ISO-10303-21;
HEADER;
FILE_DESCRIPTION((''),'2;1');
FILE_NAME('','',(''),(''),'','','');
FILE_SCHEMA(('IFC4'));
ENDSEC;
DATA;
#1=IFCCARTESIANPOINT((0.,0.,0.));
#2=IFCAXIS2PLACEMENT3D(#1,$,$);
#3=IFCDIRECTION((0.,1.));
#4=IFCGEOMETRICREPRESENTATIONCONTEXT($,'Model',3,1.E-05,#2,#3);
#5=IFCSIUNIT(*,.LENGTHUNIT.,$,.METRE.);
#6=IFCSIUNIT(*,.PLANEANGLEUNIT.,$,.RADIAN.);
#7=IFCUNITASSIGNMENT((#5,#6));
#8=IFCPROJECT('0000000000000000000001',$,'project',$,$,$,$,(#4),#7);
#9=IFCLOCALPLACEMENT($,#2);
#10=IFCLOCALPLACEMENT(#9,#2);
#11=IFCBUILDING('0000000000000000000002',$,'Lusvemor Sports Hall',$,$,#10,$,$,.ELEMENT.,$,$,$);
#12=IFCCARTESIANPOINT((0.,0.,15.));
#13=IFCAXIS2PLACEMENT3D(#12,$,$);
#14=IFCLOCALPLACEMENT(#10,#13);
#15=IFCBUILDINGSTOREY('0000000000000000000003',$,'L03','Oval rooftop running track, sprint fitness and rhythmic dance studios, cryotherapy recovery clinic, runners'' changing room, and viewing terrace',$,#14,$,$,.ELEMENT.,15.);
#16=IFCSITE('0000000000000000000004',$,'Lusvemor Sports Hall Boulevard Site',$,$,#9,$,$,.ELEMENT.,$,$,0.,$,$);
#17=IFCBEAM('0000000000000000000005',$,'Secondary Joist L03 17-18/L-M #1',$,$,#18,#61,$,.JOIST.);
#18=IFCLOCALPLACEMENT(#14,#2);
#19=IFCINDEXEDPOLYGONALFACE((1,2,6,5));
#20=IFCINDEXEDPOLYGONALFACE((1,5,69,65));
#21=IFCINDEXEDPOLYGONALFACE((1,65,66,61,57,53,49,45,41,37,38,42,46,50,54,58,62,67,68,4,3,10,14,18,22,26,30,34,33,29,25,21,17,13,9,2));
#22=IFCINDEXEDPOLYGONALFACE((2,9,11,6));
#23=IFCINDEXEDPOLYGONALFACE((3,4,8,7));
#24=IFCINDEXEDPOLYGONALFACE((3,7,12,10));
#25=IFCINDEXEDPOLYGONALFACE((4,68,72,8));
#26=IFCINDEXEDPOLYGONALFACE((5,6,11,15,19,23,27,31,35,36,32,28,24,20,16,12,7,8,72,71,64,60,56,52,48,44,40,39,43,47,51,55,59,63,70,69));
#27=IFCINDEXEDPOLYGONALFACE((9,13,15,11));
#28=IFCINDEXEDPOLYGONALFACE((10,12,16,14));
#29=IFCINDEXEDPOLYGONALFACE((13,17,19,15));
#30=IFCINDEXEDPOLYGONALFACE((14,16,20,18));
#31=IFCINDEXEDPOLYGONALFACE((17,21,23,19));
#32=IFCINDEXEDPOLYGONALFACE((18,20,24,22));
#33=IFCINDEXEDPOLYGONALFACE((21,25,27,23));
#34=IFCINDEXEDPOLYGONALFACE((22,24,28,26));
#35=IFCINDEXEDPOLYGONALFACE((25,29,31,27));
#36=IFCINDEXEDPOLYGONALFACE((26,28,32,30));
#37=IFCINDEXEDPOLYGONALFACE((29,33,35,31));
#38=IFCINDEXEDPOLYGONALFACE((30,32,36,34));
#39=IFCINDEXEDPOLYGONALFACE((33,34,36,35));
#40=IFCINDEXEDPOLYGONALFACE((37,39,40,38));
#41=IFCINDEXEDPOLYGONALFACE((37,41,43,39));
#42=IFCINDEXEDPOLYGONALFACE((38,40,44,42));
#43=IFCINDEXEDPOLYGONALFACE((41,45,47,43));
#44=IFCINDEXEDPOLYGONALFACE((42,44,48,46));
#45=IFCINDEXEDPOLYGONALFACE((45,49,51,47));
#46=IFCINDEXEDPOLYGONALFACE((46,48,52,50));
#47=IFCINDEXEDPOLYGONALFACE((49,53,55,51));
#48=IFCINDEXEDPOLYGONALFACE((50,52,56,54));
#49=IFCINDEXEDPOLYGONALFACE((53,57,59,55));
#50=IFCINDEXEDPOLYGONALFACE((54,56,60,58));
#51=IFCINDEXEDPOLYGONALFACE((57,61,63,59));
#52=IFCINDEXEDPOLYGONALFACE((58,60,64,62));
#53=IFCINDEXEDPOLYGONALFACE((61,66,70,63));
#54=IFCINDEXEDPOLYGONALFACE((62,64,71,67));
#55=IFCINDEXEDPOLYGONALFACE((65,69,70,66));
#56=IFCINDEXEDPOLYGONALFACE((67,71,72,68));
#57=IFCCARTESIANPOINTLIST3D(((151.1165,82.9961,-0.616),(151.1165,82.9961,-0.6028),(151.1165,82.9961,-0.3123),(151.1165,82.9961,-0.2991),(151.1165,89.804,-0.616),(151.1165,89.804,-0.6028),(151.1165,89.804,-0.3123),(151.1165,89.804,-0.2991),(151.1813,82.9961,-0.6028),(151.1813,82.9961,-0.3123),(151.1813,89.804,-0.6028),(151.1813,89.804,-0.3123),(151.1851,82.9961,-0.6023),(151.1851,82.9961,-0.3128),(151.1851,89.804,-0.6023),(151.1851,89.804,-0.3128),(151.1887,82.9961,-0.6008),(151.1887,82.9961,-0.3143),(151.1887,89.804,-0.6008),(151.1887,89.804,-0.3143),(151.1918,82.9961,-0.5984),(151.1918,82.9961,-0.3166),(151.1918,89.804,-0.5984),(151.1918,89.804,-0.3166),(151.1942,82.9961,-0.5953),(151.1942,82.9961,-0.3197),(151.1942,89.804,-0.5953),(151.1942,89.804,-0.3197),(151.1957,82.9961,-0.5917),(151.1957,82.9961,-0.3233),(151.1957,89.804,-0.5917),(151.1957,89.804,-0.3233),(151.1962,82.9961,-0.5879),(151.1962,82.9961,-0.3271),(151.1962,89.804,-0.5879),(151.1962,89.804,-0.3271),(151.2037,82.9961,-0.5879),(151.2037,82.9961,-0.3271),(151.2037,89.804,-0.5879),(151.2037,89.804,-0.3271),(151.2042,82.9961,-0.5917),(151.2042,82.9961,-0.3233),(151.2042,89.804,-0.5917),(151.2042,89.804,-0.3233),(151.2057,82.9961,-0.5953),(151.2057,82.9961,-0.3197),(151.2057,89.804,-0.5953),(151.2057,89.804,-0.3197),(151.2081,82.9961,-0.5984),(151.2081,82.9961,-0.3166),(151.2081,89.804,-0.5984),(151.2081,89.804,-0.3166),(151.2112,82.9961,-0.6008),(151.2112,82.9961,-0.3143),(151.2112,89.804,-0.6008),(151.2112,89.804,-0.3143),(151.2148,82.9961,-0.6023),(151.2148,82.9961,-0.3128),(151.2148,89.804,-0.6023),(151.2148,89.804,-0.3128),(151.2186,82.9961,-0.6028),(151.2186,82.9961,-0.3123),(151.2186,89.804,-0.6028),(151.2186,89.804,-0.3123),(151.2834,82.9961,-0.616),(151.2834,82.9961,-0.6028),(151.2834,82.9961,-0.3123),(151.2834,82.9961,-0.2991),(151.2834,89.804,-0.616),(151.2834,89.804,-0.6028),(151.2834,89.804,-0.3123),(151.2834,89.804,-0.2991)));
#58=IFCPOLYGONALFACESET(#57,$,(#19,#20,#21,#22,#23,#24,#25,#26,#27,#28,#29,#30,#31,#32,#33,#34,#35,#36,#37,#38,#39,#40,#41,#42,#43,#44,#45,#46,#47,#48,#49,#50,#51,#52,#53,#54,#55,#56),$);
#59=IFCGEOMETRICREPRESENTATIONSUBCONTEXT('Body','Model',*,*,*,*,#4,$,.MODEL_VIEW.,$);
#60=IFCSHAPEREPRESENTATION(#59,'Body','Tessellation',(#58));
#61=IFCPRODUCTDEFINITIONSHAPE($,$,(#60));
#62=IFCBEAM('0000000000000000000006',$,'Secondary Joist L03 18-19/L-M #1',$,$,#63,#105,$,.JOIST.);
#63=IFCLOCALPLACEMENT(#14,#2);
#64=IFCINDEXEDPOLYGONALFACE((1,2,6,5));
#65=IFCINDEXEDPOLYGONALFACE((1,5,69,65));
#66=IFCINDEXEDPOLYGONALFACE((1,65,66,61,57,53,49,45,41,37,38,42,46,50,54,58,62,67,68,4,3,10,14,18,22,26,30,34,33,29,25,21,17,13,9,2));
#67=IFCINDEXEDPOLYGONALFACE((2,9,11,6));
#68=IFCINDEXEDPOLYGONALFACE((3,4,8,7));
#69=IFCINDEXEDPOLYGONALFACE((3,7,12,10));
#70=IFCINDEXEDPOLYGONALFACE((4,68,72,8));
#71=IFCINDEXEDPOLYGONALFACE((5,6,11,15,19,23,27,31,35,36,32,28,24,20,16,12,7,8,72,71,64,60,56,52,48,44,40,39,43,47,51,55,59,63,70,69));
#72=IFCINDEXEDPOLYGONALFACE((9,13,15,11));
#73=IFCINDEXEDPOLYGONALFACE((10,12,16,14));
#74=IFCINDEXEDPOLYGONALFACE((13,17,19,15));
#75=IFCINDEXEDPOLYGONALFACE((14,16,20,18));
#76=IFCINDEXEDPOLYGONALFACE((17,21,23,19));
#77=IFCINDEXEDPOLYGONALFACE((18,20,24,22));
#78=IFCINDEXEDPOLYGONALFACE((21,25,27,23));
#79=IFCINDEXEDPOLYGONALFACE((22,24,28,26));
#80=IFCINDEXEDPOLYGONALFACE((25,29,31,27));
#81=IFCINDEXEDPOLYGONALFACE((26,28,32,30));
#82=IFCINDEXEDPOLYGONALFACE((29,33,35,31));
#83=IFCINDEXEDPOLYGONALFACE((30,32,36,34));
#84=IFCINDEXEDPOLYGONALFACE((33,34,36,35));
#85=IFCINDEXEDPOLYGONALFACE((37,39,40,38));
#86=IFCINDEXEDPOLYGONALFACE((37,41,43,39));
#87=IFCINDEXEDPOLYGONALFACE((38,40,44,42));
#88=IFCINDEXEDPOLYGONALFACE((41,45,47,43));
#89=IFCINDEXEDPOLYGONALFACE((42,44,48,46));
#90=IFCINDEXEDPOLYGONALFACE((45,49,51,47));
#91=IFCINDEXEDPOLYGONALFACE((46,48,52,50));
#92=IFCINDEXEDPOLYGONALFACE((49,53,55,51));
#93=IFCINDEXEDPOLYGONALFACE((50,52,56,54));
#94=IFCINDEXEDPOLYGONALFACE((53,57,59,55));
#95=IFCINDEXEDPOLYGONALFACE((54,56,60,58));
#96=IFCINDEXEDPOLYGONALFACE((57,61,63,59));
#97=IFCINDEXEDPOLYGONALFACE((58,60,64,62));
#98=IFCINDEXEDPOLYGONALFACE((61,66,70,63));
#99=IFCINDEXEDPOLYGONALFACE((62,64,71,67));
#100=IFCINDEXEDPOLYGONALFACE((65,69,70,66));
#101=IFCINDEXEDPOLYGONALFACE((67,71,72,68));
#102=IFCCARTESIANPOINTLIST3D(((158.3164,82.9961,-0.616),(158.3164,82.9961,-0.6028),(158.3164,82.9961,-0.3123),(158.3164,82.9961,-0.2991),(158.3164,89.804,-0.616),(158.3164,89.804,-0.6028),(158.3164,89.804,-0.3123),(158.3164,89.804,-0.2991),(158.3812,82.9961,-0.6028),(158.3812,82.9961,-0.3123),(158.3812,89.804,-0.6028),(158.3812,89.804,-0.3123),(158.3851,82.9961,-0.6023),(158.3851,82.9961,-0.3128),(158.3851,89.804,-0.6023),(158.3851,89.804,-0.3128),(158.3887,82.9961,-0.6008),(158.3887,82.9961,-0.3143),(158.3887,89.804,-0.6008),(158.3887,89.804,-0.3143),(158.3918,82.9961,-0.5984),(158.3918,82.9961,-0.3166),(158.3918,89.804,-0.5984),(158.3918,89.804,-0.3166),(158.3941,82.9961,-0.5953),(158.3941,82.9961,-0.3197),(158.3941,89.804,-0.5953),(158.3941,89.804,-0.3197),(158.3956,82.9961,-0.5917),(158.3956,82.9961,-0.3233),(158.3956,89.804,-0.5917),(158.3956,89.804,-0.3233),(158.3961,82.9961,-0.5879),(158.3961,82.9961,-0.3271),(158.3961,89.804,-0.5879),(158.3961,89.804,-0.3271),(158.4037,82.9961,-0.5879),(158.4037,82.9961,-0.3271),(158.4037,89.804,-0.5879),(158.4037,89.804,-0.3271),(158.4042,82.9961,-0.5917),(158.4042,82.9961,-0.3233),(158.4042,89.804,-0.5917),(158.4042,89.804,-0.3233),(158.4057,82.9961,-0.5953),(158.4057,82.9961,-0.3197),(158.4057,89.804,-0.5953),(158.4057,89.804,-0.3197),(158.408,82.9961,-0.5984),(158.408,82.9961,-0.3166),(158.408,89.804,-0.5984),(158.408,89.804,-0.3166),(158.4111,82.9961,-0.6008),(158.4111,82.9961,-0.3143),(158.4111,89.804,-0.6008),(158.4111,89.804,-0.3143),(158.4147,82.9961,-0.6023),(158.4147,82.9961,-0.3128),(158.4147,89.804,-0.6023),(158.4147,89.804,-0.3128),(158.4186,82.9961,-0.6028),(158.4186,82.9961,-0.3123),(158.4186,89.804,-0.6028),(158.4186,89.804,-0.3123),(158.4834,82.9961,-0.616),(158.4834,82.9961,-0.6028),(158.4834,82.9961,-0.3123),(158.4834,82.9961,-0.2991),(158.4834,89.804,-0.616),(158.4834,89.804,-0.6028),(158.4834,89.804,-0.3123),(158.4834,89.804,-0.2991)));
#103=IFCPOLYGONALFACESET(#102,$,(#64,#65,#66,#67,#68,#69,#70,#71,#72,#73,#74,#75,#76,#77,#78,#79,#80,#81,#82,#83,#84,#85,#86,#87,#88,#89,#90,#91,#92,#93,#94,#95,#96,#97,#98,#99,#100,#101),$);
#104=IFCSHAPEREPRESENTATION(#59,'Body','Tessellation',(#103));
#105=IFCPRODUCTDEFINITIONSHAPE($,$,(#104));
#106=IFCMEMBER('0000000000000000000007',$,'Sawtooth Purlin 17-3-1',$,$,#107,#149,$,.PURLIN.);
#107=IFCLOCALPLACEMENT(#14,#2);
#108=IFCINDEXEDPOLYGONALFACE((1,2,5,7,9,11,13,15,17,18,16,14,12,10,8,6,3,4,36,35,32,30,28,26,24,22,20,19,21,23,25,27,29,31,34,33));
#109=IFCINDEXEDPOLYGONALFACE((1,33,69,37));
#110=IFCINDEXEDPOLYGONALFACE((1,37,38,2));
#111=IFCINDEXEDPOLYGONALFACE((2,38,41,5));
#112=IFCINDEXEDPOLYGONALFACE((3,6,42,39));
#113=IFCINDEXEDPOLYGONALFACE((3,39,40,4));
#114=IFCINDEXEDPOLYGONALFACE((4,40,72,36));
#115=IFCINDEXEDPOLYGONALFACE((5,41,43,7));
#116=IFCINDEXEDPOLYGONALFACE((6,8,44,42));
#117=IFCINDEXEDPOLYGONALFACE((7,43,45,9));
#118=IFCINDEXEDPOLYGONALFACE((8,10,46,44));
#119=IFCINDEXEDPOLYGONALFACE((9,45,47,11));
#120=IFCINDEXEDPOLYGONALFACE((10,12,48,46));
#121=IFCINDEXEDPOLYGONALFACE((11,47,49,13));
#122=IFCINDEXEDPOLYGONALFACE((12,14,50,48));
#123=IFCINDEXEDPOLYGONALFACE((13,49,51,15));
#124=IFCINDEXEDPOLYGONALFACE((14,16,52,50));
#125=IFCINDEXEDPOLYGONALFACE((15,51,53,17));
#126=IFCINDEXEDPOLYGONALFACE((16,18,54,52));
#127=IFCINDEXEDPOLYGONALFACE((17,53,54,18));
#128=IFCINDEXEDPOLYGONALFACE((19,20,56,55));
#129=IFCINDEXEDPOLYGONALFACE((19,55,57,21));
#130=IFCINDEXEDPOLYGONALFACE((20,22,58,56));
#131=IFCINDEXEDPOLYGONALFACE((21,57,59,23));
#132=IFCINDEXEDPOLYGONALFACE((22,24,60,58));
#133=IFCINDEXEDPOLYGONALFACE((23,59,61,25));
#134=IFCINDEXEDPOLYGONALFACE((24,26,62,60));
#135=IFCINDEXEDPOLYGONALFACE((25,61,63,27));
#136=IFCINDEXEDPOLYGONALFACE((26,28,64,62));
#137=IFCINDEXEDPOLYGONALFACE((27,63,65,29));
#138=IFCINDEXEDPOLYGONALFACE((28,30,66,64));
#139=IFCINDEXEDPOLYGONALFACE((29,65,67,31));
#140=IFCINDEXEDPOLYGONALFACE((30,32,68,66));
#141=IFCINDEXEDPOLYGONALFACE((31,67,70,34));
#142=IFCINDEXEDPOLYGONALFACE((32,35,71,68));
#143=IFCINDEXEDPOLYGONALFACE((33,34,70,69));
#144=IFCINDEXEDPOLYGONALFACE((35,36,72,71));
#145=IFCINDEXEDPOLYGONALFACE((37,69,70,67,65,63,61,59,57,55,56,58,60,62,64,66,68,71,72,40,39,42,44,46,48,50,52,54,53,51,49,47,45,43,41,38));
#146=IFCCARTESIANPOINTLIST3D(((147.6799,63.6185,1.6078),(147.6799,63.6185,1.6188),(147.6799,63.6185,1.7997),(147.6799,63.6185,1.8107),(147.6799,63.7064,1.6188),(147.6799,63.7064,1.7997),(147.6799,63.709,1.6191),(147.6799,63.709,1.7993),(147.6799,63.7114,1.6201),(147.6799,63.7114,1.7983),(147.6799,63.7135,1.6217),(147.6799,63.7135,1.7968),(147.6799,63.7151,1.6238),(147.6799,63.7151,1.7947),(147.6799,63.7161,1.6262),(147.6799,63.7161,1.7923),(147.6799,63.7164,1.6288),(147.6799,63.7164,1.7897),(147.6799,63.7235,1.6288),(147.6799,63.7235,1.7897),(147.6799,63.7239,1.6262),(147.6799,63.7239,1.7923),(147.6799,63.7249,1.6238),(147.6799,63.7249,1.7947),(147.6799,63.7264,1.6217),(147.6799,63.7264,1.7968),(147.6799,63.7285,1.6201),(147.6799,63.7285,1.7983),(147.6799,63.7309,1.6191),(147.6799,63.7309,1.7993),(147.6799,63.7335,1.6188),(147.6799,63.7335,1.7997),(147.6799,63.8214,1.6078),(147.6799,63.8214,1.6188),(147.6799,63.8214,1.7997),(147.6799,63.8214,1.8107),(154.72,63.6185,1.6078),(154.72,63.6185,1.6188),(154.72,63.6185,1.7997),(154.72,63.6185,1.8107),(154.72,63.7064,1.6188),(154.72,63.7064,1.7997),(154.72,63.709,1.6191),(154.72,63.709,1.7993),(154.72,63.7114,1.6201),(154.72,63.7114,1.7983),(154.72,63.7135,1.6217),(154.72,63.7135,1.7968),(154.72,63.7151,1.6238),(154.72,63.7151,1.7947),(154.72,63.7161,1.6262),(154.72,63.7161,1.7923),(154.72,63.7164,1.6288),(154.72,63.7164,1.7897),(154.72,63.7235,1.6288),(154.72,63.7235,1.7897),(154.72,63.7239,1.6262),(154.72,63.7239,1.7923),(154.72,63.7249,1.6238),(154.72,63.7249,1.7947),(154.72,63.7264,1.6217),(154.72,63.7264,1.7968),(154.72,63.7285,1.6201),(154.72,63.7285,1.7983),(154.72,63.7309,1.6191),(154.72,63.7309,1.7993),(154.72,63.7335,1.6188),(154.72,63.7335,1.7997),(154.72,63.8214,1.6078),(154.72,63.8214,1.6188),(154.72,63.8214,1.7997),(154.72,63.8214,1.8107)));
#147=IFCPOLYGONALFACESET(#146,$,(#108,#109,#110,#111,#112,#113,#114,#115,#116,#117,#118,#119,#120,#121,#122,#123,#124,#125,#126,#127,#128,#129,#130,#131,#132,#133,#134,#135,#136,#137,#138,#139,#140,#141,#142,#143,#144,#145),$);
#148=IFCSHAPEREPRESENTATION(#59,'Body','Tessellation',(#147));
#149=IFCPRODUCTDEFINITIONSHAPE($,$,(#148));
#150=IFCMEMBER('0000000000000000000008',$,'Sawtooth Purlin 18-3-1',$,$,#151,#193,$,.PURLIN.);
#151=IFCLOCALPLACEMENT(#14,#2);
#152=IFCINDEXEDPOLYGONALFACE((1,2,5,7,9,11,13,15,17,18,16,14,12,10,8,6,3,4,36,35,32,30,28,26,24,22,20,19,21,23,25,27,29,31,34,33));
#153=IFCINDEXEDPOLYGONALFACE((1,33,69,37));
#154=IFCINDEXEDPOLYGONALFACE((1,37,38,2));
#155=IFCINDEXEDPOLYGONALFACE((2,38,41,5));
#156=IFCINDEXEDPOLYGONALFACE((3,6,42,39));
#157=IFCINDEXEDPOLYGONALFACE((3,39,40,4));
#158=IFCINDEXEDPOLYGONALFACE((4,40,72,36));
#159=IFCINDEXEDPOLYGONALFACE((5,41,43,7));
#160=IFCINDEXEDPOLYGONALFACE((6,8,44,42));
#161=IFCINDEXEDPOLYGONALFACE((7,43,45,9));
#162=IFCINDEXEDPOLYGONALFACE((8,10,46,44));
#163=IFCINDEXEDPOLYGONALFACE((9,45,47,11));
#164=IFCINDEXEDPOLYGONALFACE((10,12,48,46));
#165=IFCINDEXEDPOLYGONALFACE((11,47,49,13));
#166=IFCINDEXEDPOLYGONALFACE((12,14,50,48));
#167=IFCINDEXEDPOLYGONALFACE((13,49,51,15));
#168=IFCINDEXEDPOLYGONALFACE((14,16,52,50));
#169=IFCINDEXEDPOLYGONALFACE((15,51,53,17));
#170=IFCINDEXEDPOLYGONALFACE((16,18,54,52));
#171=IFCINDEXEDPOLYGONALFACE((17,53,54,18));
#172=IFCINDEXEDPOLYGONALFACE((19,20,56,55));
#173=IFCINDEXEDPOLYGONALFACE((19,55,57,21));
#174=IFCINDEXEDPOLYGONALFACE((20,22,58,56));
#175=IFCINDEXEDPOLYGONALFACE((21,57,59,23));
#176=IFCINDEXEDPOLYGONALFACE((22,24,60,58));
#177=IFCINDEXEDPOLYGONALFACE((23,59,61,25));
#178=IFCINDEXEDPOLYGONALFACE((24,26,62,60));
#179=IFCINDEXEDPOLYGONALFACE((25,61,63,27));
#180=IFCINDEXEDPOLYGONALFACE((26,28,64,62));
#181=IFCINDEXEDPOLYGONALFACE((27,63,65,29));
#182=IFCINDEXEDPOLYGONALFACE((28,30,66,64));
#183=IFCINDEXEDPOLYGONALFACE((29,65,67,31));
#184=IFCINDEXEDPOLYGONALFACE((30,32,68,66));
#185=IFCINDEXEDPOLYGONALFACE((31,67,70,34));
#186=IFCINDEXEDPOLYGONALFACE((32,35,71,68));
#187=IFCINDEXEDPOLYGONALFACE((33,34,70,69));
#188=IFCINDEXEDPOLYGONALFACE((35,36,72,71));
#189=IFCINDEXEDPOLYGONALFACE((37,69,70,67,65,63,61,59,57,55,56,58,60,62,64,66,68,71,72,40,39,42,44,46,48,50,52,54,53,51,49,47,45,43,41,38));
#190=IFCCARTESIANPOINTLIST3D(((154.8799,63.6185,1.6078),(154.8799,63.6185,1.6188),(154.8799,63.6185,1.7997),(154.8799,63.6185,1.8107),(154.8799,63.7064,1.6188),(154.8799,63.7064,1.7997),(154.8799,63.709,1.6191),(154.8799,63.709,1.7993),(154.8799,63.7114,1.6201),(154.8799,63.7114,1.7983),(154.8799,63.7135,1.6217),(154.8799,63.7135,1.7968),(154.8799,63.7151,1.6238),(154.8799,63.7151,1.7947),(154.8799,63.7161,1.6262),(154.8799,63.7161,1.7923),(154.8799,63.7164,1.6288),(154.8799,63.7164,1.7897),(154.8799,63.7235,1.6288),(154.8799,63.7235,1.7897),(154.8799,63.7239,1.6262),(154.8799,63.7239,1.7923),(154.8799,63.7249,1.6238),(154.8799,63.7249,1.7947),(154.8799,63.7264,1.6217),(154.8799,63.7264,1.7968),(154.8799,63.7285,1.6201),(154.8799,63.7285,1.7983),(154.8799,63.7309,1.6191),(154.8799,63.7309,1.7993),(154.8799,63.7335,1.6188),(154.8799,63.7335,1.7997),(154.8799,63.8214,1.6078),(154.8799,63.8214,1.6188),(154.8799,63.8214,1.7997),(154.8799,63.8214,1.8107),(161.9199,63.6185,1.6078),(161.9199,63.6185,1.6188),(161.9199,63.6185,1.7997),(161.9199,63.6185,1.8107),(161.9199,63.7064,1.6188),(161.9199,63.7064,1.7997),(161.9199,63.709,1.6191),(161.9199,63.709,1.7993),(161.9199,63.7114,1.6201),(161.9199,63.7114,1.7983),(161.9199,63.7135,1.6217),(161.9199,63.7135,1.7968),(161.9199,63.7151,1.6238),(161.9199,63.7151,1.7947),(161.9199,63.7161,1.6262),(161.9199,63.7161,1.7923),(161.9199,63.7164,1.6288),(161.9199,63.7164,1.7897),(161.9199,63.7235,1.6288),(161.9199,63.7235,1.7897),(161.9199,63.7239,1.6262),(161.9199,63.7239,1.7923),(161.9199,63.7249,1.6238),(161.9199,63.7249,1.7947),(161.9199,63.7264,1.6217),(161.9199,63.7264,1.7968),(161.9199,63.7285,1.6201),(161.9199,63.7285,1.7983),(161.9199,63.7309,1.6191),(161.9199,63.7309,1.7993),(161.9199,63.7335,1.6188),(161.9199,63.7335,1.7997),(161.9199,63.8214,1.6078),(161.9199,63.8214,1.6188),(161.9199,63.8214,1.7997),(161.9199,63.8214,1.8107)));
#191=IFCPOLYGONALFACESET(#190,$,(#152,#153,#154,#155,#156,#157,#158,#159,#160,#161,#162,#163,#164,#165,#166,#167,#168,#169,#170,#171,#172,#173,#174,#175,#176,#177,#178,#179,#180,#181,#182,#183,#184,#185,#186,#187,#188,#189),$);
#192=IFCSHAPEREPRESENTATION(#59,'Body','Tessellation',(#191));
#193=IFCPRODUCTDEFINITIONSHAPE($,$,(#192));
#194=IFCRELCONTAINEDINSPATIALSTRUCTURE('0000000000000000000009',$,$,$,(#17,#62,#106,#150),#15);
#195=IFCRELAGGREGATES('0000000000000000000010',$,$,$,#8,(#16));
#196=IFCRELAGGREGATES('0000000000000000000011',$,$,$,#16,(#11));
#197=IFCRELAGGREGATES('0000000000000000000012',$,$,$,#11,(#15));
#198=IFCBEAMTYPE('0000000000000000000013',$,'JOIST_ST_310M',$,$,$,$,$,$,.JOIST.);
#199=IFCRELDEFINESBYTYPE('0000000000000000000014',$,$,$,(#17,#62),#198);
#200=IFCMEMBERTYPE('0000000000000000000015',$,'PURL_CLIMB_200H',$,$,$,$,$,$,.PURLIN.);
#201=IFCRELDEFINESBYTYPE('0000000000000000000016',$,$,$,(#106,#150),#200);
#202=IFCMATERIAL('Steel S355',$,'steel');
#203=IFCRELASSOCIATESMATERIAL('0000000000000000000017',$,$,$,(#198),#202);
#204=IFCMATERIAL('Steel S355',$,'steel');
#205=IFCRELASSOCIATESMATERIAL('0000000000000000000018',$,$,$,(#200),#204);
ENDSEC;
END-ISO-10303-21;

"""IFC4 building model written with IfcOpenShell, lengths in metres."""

from ifc_helpers import new_model, si_unit, direction, frame, origin, origin_2d, place, context, subcontext, project, spatial, i_section, extrude, material, material_profile, profile_set, type_object, element, save


model = new_model("IFC4")

# Units and contexts
model_context = context("Model", 3, precision=1e-05, world=origin(), true_north=direction((0.0, 1.0)))
body_context = subcontext(model_context, "Body", "Model", "MODEL_VIEW")
ifc_project = project(units=[si_unit("LENGTHUNIT", "METRE"), si_unit("PLANEANGLEUNIT", "RADIAN")], contexts=[model_context])

# Site, building, storey
site_placement = place(None, origin())
site = spatial("IfcSite", under=ifc_project, at=site_placement, Name="Lusvemor Sports Hall Boulevard Site", CompositionType="ELEMENT", RefElevation=0.0)
building_placement = place(site_placement, origin())
building = spatial("IfcBuilding", under=site, at=building_placement, Name="Lusvemor Sports Hall", CompositionType="ELEMENT")
storey_placement = place(building_placement, frame((0.0, 0.0, 15.0)))
storey = spatial("IfcBuildingStorey", under=building, at=storey_placement, Name="L03", Description="Oval rooftop running track, sprint fitness and rhythmic dance studios, cryotherapy recovery clinic, runners' changing room, and viewing terrace", CompositionType="ELEMENT", Elevation=15.0)

# Beams
ifc_material_1 = material(Name="Steel S355", Category="steel")
ifc_material_profile_1 = material_profile(ifc_material_1, i_section(OverallWidth=0.167, OverallDepth=0.3169, WebThickness=0.0076, FlangeThickness=0.0132, FilletRadius=0.0149, at=origin_2d()), Name="W310x52.0")
ifc_profile_set_1 = profile_set([ifc_material_profile_1], Name="Steel S355")
beam_type_1 = type_object("IfcBeamType", Name="JOIST_ST_310M", PredefinedType="JOIST", material=ifc_profile_set_1)
for number, where, z_axis, x_axis, name in (
    (1, (151.2, 82.9961, -0.4575), (0.0, 1.0, 0.0), (-1.0, 0.0, 0.0), "Secondary Joist L03 17-18/L-M #1"),
    (2, (158.3999, 82.9961, -0.4575), (0.0, 1.0, 0.0), (-1.0, 0.0, 0.0), "Secondary Joist L03 18-19/L-M #1"),
):
    element("IfcBeam", number, at=place(storey_placement, frame(where, z_axis=z_axis, x_axis=x_axis)), inside=storey, type_object=beam_type_1, Name=name, PredefinedType="JOIST", context=body_context, shape_type="SweptSolid", body=[
        extrude(i_section(OverallWidth=0.167, OverallDepth=0.3169, WebThickness=0.0076, FlangeThickness=0.0132, FilletRadius=0.0149, at=origin_2d()), origin(), (0.0, 0.0, 1.0), 6.8079),
    ])

# Members
ifc_material_2 = material(Name="Steel S355", Category="steel")
ifc_material_profile_2 = material_profile(ifc_material_2, i_section(OverallWidth=0.2029, OverallDepth=0.2029, WebThickness=0.0071, FlangeThickness=0.011, FilletRadius=0.01, at=origin_2d()), Name="W200x46.1")
ifc_profile_set_2 = profile_set([ifc_material_profile_2], Name="Steel S355")
member_type_1 = type_object("IfcMemberType", Name="PURL_CLIMB_200H", PredefinedType="PURLIN", material=ifc_profile_set_2)
for number, where, z_axis, x_axis, name in (
    (3, (147.6799, 63.72, 1.7092), (1.0, 0.0, 0.0), (0.0, 1.0, 0.0), "Sawtooth Purlin 17-3-1"),
    (4, (154.8799, 63.72, 1.7092), (1.0, 0.0, 0.0), (0.0, 1.0, 0.0), "Sawtooth Purlin 18-3-1"),
):
    element("IfcMember", number, at=place(storey_placement, frame(where, z_axis=z_axis, x_axis=x_axis)), inside=storey, type_object=member_type_1, Name=name, PredefinedType="PURLIN", context=body_context, shape_type="SweptSolid", body=[
        extrude(i_section(OverallWidth=0.2029, OverallDepth=0.2029, WebThickness=0.0071, FlangeThickness=0.011, FilletRadius=0.01, at=origin_2d()), origin(), (0.0, 0.0, 1.0), 7.04),
    ])

save(model, "model.ifc")
